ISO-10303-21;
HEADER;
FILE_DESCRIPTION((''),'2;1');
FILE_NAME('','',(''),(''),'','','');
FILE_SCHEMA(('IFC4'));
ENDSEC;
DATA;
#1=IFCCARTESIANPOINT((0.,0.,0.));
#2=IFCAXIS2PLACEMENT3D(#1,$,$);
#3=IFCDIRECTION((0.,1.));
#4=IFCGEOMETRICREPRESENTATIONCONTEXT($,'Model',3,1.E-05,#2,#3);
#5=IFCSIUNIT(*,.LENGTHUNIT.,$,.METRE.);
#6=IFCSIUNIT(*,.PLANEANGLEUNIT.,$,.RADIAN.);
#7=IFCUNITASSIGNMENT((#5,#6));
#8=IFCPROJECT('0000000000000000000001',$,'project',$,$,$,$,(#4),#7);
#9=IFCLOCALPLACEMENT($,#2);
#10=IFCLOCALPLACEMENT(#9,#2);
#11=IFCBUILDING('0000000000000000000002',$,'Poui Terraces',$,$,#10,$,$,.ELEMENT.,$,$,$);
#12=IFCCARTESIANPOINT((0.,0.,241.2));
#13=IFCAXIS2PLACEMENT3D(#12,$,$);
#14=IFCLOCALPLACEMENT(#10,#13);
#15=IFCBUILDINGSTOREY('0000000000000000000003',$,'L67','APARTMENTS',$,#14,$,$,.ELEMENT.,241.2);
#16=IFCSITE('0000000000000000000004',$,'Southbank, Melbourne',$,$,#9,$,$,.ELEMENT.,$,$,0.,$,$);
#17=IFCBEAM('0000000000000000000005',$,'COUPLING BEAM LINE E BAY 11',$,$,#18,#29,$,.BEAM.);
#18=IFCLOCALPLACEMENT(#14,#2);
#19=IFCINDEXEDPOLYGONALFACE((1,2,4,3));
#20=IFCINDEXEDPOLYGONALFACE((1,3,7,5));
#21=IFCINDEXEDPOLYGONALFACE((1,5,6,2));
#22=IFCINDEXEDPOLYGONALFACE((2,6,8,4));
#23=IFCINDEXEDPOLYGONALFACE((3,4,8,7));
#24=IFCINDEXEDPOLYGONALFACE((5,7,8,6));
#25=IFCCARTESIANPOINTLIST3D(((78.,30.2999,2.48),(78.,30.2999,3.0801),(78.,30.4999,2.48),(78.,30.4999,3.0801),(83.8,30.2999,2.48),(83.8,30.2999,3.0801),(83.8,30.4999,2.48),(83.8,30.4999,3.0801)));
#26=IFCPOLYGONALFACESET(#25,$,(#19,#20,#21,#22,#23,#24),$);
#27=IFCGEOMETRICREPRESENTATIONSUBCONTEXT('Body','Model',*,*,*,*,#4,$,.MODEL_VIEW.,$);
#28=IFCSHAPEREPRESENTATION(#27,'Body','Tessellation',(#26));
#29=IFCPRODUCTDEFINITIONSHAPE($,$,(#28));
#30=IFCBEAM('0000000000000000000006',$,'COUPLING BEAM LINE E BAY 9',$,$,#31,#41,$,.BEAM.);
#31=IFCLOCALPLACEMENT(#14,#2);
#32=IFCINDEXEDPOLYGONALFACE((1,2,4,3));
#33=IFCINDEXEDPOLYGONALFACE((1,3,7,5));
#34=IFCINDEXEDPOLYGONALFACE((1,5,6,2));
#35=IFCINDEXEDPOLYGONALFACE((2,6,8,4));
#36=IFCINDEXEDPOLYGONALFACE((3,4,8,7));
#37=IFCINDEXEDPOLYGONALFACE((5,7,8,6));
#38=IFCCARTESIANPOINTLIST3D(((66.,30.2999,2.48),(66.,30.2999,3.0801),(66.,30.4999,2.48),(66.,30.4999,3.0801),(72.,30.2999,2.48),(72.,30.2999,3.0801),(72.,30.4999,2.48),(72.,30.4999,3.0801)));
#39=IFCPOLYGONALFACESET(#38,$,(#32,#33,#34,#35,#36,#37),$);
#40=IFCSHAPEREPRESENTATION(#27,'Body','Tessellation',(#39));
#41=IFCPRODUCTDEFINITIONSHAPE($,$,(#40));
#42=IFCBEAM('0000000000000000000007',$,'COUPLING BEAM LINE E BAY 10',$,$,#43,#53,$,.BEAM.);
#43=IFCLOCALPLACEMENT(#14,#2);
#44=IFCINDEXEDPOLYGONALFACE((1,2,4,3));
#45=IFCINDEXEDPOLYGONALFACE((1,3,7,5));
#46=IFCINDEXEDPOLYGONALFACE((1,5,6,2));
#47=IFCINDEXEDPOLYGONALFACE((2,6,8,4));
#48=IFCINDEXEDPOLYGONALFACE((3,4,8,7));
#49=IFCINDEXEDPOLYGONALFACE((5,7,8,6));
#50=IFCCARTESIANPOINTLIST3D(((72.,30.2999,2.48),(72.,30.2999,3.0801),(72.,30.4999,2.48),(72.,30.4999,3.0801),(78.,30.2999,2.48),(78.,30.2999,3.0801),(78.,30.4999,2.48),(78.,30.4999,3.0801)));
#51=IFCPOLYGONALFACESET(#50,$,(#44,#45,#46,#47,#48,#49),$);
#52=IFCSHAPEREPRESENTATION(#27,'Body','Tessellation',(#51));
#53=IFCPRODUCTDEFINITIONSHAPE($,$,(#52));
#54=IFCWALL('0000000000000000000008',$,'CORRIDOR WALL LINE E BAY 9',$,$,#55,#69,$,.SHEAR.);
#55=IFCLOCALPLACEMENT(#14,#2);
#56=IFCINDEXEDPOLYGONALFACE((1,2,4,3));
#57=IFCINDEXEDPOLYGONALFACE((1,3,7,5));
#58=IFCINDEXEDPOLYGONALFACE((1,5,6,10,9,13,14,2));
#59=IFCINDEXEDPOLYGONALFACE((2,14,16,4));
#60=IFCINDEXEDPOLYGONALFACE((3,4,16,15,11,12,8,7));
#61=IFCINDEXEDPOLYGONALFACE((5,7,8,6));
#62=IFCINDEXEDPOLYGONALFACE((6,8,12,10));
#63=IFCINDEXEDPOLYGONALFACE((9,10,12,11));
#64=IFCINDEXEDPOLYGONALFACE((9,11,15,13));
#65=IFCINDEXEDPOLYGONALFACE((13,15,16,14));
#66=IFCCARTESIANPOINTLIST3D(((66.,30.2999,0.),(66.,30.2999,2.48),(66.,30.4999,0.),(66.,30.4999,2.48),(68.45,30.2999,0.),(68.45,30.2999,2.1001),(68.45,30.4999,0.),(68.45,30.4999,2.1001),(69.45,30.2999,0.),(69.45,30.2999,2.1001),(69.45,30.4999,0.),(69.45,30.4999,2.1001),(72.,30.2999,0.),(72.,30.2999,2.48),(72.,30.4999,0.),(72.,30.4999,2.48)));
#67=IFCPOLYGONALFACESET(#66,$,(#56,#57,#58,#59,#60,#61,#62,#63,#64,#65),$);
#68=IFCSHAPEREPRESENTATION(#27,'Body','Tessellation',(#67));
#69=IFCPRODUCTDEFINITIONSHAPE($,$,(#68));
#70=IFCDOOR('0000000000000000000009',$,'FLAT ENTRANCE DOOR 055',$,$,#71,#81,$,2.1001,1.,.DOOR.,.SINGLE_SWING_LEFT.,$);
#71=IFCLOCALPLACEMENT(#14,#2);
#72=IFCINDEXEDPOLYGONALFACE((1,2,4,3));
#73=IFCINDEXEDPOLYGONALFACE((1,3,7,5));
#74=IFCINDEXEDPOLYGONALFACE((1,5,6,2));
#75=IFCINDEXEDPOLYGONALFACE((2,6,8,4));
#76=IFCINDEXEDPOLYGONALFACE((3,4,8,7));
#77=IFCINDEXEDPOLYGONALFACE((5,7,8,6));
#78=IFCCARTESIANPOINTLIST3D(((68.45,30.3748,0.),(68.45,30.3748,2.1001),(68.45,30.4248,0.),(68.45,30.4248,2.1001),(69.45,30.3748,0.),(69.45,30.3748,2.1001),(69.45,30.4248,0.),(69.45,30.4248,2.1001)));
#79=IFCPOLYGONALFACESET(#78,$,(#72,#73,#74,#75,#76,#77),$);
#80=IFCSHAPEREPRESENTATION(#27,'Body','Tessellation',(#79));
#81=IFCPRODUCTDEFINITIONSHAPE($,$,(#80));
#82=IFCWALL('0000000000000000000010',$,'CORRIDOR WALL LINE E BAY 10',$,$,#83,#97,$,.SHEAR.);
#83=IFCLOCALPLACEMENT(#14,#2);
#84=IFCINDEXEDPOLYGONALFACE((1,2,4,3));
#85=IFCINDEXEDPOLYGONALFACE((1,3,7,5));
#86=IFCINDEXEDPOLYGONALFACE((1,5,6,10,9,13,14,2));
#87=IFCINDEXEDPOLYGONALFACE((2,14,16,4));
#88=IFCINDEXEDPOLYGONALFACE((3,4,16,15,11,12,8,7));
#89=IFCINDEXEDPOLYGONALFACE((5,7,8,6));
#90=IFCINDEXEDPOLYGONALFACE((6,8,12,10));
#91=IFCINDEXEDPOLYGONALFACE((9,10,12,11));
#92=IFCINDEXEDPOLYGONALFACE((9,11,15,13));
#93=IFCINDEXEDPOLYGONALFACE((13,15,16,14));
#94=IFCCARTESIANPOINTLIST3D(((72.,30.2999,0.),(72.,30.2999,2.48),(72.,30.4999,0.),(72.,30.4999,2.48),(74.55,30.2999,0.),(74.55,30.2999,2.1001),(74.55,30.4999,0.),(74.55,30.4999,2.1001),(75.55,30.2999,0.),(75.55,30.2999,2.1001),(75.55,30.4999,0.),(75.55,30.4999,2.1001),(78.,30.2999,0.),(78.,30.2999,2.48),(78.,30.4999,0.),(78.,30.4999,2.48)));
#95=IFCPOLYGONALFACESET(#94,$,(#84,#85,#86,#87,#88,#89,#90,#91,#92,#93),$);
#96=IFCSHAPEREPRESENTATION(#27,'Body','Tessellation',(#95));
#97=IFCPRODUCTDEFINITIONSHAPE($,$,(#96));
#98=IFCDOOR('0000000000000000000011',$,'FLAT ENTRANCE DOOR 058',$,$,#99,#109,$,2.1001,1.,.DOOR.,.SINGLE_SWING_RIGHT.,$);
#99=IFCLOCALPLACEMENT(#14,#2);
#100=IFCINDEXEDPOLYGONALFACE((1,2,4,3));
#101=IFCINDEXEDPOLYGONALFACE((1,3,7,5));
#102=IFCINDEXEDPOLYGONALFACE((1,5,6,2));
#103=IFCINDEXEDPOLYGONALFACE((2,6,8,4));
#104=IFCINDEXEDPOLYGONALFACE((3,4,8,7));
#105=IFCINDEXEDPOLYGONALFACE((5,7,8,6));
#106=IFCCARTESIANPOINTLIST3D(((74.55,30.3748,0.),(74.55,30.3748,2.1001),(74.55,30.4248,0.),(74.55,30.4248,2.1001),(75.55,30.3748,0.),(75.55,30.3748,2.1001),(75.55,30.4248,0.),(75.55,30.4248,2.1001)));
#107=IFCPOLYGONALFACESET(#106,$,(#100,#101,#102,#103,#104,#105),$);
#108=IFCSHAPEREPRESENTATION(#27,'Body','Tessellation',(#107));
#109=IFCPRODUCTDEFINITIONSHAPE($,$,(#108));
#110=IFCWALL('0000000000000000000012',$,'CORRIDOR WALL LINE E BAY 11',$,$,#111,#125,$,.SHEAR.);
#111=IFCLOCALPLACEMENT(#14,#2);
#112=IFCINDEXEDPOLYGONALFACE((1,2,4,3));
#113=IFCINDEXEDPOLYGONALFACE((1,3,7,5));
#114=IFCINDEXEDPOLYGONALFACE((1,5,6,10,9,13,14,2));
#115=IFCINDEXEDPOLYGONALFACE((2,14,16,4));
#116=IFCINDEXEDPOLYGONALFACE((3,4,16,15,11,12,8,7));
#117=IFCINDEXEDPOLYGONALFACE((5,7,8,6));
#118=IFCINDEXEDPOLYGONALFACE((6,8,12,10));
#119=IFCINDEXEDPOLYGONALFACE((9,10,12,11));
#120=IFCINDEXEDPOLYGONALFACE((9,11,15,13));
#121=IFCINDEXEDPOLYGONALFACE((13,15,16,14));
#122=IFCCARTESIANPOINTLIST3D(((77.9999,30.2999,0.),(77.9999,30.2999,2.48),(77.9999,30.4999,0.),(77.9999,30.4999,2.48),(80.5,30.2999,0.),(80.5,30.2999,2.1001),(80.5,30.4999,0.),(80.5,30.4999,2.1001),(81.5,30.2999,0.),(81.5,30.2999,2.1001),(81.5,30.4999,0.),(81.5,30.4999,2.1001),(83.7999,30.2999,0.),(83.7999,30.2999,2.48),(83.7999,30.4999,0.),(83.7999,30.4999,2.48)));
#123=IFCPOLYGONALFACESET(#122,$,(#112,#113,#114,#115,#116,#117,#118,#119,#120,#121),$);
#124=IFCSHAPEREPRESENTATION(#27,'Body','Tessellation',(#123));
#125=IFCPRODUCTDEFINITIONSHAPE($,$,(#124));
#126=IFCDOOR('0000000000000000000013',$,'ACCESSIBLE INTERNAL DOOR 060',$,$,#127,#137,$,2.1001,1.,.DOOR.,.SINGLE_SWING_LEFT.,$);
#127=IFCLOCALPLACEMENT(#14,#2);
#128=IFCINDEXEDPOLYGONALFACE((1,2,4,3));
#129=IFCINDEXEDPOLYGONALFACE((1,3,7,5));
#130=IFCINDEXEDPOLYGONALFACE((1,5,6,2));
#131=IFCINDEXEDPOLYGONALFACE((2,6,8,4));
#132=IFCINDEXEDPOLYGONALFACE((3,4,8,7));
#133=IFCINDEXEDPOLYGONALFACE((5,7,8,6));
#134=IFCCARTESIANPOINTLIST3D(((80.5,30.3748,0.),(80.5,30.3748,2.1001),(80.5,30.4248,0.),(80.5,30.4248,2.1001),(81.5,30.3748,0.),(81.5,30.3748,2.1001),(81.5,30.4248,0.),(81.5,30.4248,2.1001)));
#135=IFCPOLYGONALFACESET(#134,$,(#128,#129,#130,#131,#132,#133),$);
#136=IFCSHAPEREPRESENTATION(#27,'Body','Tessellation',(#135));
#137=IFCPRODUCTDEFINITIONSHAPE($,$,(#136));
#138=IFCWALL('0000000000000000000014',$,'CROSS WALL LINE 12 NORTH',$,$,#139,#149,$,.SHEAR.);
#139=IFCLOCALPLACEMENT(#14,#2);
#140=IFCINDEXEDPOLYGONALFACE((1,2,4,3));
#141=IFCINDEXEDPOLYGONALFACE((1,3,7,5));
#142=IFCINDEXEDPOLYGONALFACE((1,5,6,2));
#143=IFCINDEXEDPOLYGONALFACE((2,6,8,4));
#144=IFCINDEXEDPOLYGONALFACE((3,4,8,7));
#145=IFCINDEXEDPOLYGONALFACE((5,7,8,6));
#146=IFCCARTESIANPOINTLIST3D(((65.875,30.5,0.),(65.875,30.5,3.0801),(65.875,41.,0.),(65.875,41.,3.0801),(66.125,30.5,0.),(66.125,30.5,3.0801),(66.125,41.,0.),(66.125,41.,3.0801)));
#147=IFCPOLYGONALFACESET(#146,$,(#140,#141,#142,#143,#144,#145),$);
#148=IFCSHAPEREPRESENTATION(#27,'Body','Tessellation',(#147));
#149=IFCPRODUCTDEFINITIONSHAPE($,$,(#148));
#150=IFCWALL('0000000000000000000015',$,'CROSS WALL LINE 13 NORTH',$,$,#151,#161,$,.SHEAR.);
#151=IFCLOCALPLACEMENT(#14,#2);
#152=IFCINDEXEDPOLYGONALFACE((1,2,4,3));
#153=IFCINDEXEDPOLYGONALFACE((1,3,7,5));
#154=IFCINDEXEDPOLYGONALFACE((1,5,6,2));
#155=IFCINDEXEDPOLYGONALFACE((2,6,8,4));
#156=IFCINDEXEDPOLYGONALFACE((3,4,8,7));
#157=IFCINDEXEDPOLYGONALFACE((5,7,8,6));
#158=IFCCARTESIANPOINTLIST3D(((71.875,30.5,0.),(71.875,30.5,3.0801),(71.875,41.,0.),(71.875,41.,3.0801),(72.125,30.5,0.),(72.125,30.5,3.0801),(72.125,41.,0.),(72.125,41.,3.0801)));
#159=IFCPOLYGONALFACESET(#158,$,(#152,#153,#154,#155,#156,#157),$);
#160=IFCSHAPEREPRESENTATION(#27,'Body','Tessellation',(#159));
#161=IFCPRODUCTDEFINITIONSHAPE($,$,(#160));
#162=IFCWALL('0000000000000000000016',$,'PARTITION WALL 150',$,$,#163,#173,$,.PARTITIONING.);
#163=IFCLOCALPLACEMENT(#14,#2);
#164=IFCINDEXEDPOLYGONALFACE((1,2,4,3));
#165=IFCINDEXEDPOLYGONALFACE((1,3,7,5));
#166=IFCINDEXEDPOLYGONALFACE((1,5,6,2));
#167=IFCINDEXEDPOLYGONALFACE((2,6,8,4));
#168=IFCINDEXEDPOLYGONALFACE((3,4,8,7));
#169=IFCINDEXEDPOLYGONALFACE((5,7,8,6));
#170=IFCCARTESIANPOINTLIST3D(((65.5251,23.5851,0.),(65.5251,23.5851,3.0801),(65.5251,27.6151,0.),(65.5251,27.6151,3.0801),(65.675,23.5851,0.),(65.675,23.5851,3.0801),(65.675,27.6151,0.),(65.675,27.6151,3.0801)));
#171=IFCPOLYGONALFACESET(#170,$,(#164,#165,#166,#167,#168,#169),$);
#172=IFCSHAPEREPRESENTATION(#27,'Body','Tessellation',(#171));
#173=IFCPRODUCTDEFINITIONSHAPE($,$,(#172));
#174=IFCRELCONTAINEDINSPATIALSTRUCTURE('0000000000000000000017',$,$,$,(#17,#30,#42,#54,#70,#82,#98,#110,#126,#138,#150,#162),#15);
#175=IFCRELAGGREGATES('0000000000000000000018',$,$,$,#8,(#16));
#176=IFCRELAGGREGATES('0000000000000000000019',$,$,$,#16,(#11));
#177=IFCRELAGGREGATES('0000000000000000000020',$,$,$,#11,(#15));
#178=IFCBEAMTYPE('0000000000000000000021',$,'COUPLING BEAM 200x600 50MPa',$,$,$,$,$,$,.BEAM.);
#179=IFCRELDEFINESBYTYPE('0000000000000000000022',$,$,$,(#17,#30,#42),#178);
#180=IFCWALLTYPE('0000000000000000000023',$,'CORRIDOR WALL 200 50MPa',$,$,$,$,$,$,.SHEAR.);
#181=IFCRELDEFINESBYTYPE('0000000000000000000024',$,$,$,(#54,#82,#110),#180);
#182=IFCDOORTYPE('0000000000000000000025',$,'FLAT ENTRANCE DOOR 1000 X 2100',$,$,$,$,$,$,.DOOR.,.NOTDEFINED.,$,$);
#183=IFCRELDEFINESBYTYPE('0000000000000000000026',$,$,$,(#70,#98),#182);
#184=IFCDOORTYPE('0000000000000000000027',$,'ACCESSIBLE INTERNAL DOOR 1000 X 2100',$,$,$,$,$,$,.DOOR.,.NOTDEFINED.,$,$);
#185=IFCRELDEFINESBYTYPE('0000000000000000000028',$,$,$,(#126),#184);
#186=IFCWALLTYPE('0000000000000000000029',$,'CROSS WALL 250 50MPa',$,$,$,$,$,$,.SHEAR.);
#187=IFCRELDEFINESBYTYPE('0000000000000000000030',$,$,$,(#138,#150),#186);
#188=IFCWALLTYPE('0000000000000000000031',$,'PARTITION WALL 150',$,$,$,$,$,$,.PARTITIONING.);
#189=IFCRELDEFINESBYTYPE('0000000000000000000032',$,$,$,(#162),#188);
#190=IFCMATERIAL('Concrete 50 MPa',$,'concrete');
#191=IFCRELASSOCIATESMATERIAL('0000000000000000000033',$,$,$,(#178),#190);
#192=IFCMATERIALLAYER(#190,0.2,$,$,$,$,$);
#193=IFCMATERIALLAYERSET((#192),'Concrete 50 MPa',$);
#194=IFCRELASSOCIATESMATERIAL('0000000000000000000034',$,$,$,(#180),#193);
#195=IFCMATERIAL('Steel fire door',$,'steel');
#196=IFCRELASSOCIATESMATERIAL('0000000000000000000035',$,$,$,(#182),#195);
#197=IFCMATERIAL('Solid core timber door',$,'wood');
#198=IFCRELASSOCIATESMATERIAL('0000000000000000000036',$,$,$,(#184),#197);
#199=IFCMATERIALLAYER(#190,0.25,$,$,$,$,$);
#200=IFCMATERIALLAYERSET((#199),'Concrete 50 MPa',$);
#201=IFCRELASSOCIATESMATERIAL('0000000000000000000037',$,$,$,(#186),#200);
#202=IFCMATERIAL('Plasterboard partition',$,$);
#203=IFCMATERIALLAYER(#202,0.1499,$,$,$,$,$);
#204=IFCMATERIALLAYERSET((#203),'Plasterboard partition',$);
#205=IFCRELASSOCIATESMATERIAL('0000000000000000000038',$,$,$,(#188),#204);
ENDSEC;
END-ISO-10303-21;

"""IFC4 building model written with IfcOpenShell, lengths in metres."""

from ifc_helpers import new_model, si_unit, direction, frame, frame_2d, origin, origin_2d, place, context, subcontext, project, spatial, rectangle, extrude, source, transform, mapped, material, layer, layer_set, material_profile, profile_set, type_object, element, fill, save


model = new_model("IFC4")

# Units and contexts
model_context = context("Model", 3, precision=1e-05, world=origin(), true_north=direction((0.0, 1.0)))
body_context = subcontext(model_context, "Body", "Model", "MODEL_VIEW")
ifc_project = project(units=[si_unit("LENGTHUNIT", "METRE"), si_unit("PLANEANGLEUNIT", "RADIAN")], contexts=[model_context])

# Site, building, storey
site_placement = place(None, origin())
site = spatial("IfcSite", under=ifc_project, at=site_placement, Name="Southbank, Melbourne", CompositionType="ELEMENT", RefElevation=0.0)
building_placement = place(site_placement, origin())
building = spatial("IfcBuilding", under=site, at=building_placement, Name="Poui Terraces", CompositionType="ELEMENT")
storey_placement = place(building_placement, frame((0.0, 0.0, 241.2)))
storey = spatial("IfcBuildingStorey", under=building, at=storey_placement, Name="L67", Description="APARTMENTS", CompositionType="ELEMENT", Elevation=241.2)

# Beams
ifc_material_1 = material(Name="Concrete 50 MPa", Category="concrete")
ifc_material_profile = material_profile(ifc_material_1, rectangle(XDim=0.2, YDim=0.6001, at=origin_2d()), Name="RC 200x600")
ifc_profile_set = profile_set([ifc_material_profile], Name="Concrete 50 MPa")
beam_type = type_object("IfcBeamType", Name="COUPLING BEAM 200x600 50MPa", PredefinedType="BEAM", material=ifc_profile_set)
shared_shape_1 = source(origin(), body_context, "Body", "SweptSolid", [
    extrude(rectangle(XDim=0.2, YDim=0.6001, at=origin_2d()), origin(), (0.0, 0.0, 1.0), 5.8),
])
beam_placement = place(storey_placement, frame((78.0, 30.3999, 2.78), z_axis=(1.0, 0.0, 0.0), x_axis=(0.0, 1.0, 0.0)))
element("IfcBeam", 1, at=beam_placement, inside=storey, type_object=beam_type, Name="COUPLING BEAM LINE E BAY 11", PredefinedType="BEAM", context=body_context, shape_type="MappedRepresentation", body=[
    mapped(shared_shape_1, transform((0.0, 0.0, 0.0))),
])
shared_shape_2 = source(origin(), body_context, "Body", "SweptSolid", [
    extrude(rectangle(XDim=0.2, YDim=0.6001, at=origin_2d()), origin(), (0.0, 0.0, 1.0), 6.0),
])
for number, where, z_axis, x_axis, name in (
    (2, (66.0, 30.3999, 2.78), (1.0, 0.0, 0.0), (0.0, 1.0, 0.0), "COUPLING BEAM LINE E BAY 9"),
    (3, (72.0, 30.3999, 2.78), (1.0, 0.0, 0.0), (0.0, 1.0, 0.0), "COUPLING BEAM LINE E BAY 10"),
):
    element("IfcBeam", number, at=place(storey_placement, frame(where, z_axis=z_axis, x_axis=x_axis)), inside=storey, type_object=beam_type, Name=name, PredefinedType="BEAM", context=body_context, shape_type="MappedRepresentation", body=[
        mapped(shared_shape_2, transform((0.0, 0.0, 0.0))),
    ])

# Walls, openings, doors
ifc_layer_1 = layer(ifc_material_1, 0.2)
ifc_layer_set_1 = layer_set([ifc_layer_1], Name="Concrete 50 MPa")
wall_type_1 = type_object("IfcWallType", Name="CORRIDOR WALL 200 50MPa", PredefinedType="SHEAR", material=ifc_layer_set_1)
wall_1_placement = place(storey_placement, frame((66.0, 30.3999, 0.0), z_axis=(0.0, 0.0, 1.0), x_axis=(1.0, 0.0, 0.0)))
wall_1 = element("IfcWall", 4, at=wall_1_placement, inside=storey, type_object=wall_type_1, Name="CORRIDOR WALL LINE E BAY 9", PredefinedType="SHEAR", context=body_context, shape_type="SweptSolid", body=[
    extrude(rectangle(XDim=6.0, YDim=0.2, at=frame_2d((3.0, 0.0))), origin(), (0.0, 0.0, 1.0), 2.48),
])
opening_1_placement = place(wall_1_placement, frame((2.45, 0.0, 0.0)))
opening_1 = element("IfcOpeningElement", 5, at=opening_1_placement, cuts=wall_1, PredefinedType="OPENING", context=body_context, shape_type="SweptSolid", body=[
    extrude(rectangle(XDim=1.0, YDim=2.1001, at=frame_2d((0.5, 1.05))), frame((0.0, 0.1099, 0.0), z_axis=(0.0, -1.0, 0.0), x_axis=(1.0, 0.0, 0.0)), (0.0, 0.0, 1.0), 0.22),
])
ifc_material_2 = material(Name="Steel fire door", Category="steel")
door_type_1 = type_object("IfcDoorType", Name="FLAT ENTRANCE DOOR 1000 X 2100", OperationType="NOTDEFINED", PredefinedType="DOOR", material=ifc_material_2)
door_1_placement = place(opening_1_placement, origin())
door_1 = element("IfcDoor", 6, at=door_1_placement, inside=storey, type_object=door_type_1, Name="FLAT ENTRANCE DOOR 055", OperationType="SINGLE_SWING_LEFT", OverallHeight=2.1001, OverallWidth=1.0, PredefinedType="DOOR", context=body_context, shape_type="SweptSolid", body=[
    extrude(rectangle(XDim=1.0, YDim=2.1001, at=frame_2d((0.5, 1.05))), frame((0.0, 0.0249, 0.0), z_axis=(0.0, -1.0, 0.0), x_axis=(1.0, 0.0, 0.0)), (0.0, 0.0, 1.0), 0.05),
])
fill(opening_1, door_1)
wall_2_placement = place(storey_placement, frame((72.0, 30.3999, 0.0), z_axis=(0.0, 0.0, 1.0), x_axis=(1.0, 0.0, 0.0)))
wall_2 = element("IfcWall", 7, at=wall_2_placement, inside=storey, type_object=wall_type_1, Name="CORRIDOR WALL LINE E BAY 10", PredefinedType="SHEAR", context=body_context, shape_type="SweptSolid", body=[
    extrude(rectangle(XDim=6.0, YDim=0.2, at=frame_2d((3.0, 0.0))), origin(), (0.0, 0.0, 1.0), 2.48),
])
opening_2_placement = place(wall_2_placement, frame((2.55, 0.0, 0.0)))
opening_2 = element("IfcOpeningElement", 8, at=opening_2_placement, cuts=wall_2, PredefinedType="OPENING", context=body_context, shape_type="SweptSolid", body=[
    extrude(rectangle(XDim=1.0, YDim=2.1001, at=frame_2d((0.5, 1.05))), frame((0.0, 0.1099, 0.0), z_axis=(0.0, -1.0, 0.0), x_axis=(1.0, 0.0, 0.0)), (0.0, 0.0, 1.0), 0.22),
])
door_2_placement = place(opening_2_placement, origin())
door_2 = element("IfcDoor", 9, at=door_2_placement, inside=storey, type_object=door_type_1, Name="FLAT ENTRANCE DOOR 058", OperationType="SINGLE_SWING_RIGHT", OverallHeight=2.1001, OverallWidth=1.0, PredefinedType="DOOR", context=body_context, shape_type="SweptSolid", body=[
    extrude(rectangle(XDim=1.0, YDim=2.1001, at=frame_2d((0.5, 1.05))), frame((0.0, 0.0249, 0.0), z_axis=(0.0, -1.0, 0.0), x_axis=(1.0, 0.0, 0.0)), (0.0, 0.0, 1.0), 0.05),
])
fill(opening_2, door_2)
wall_3_placement = place(storey_placement, frame((78.0, 30.3999, 0.0), z_axis=(0.0, 0.0, 1.0), x_axis=(1.0, 0.0, 0.0)))
wall_3 = element("IfcWall", 10, at=wall_3_placement, inside=storey, type_object=wall_type_1, Name="CORRIDOR WALL LINE E BAY 11", PredefinedType="SHEAR", context=body_context, shape_type="SweptSolid", body=[
    extrude(rectangle(XDim=5.8, YDim=0.2, at=frame_2d((2.8999, 0.0))), origin(), (0.0, 0.0, 1.0), 2.48),
])
opening_3_placement = place(wall_3_placement, frame((2.5, 0.0, 0.0)))
opening_3 = element("IfcOpeningElement", 11, at=opening_3_placement, cuts=wall_3, PredefinedType="OPENING", context=body_context, shape_type="SweptSolid", body=[
    extrude(rectangle(XDim=1.0, YDim=2.1001, at=frame_2d((0.5, 1.05))), frame((0.0, 0.1099, 0.0), z_axis=(0.0, -1.0, 0.0), x_axis=(1.0, 0.0, 0.0)), (0.0, 0.0, 1.0), 0.22),
])
ifc_material_3 = material(Name="Solid core timber door", Category="wood")
door_type_2 = type_object("IfcDoorType", Name="ACCESSIBLE INTERNAL DOOR 1000 X 2100", OperationType="NOTDEFINED", PredefinedType="DOOR", material=ifc_material_3)
door_3_placement = place(opening_3_placement, origin())
door_3 = element("IfcDoor", 12, at=door_3_placement, inside=storey, type_object=door_type_2, Name="ACCESSIBLE INTERNAL DOOR 060", OperationType="SINGLE_SWING_LEFT", OverallHeight=2.1001, OverallWidth=1.0, PredefinedType="DOOR", context=body_context, shape_type="SweptSolid", body=[
    extrude(rectangle(XDim=1.0, YDim=2.1001, at=frame_2d((0.5, 1.05))), frame((0.0, 0.0249, 0.0), z_axis=(0.0, -1.0, 0.0), x_axis=(1.0, 0.0, 0.0)), (0.0, 0.0, 1.0), 0.05),
])
fill(opening_3, door_3)

# Walls
ifc_layer_2 = layer(ifc_material_1, 0.25)
ifc_layer_set_2 = layer_set([ifc_layer_2], Name="Concrete 50 MPa")
wall_type_2 = type_object("IfcWallType", Name="CROSS WALL 250 50MPa", PredefinedType="SHEAR", material=ifc_layer_set_2)
for number, where, z_axis, x_axis, name in (
    (13, (66.0, 30.5, 0.0), (0.0, 0.0, 1.0), (0.0, 1.0, 0.0), "CROSS WALL LINE 12 NORTH"),
    (14, (72.0, 30.5, 0.0), (0.0, 0.0, 1.0), (0.0, 1.0, 0.0), "CROSS WALL LINE 13 NORTH"),
):
    element("IfcWall", number, at=place(storey_placement, frame(where, z_axis=z_axis, x_axis=x_axis)), inside=storey, type_object=wall_type_2, Name=name, PredefinedType="SHEAR", context=body_context, shape_type="SweptSolid", body=[
        extrude(rectangle(XDim=10.5, YDim=0.25, at=frame_2d((5.25, 0.0))), origin(), (0.0, 0.0, 1.0), 3.0801),
    ])
ifc_material_4 = material(Name="Plasterboard partition")
ifc_layer_3 = layer(ifc_material_4, 0.1499)
ifc_layer_set_3 = layer_set([ifc_layer_3], Name="Plasterboard partition")
wall_type_3 = type_object("IfcWallType", Name="PARTITION WALL 150", PredefinedType="PARTITIONING", material=ifc_layer_set_3)
wall_4_placement = place(storey_placement, frame((65.6001, 23.585, 0.0), z_axis=(0.0, 0.0, 1.0), x_axis=(0.0, 1.0, 0.0)))
element("IfcWall", 15, at=wall_4_placement, inside=storey, type_object=wall_type_3, Name="PARTITION WALL 150", PredefinedType="PARTITIONING", context=body_context, shape_type="SweptSolid", body=[
    extrude(rectangle(XDim=4.03, YDim=0.1499, at=frame_2d((2.0151, 0.0))), origin(), (0.0, 0.0, 1.0), 3.0801),
])

save(model, "model.ifc")
